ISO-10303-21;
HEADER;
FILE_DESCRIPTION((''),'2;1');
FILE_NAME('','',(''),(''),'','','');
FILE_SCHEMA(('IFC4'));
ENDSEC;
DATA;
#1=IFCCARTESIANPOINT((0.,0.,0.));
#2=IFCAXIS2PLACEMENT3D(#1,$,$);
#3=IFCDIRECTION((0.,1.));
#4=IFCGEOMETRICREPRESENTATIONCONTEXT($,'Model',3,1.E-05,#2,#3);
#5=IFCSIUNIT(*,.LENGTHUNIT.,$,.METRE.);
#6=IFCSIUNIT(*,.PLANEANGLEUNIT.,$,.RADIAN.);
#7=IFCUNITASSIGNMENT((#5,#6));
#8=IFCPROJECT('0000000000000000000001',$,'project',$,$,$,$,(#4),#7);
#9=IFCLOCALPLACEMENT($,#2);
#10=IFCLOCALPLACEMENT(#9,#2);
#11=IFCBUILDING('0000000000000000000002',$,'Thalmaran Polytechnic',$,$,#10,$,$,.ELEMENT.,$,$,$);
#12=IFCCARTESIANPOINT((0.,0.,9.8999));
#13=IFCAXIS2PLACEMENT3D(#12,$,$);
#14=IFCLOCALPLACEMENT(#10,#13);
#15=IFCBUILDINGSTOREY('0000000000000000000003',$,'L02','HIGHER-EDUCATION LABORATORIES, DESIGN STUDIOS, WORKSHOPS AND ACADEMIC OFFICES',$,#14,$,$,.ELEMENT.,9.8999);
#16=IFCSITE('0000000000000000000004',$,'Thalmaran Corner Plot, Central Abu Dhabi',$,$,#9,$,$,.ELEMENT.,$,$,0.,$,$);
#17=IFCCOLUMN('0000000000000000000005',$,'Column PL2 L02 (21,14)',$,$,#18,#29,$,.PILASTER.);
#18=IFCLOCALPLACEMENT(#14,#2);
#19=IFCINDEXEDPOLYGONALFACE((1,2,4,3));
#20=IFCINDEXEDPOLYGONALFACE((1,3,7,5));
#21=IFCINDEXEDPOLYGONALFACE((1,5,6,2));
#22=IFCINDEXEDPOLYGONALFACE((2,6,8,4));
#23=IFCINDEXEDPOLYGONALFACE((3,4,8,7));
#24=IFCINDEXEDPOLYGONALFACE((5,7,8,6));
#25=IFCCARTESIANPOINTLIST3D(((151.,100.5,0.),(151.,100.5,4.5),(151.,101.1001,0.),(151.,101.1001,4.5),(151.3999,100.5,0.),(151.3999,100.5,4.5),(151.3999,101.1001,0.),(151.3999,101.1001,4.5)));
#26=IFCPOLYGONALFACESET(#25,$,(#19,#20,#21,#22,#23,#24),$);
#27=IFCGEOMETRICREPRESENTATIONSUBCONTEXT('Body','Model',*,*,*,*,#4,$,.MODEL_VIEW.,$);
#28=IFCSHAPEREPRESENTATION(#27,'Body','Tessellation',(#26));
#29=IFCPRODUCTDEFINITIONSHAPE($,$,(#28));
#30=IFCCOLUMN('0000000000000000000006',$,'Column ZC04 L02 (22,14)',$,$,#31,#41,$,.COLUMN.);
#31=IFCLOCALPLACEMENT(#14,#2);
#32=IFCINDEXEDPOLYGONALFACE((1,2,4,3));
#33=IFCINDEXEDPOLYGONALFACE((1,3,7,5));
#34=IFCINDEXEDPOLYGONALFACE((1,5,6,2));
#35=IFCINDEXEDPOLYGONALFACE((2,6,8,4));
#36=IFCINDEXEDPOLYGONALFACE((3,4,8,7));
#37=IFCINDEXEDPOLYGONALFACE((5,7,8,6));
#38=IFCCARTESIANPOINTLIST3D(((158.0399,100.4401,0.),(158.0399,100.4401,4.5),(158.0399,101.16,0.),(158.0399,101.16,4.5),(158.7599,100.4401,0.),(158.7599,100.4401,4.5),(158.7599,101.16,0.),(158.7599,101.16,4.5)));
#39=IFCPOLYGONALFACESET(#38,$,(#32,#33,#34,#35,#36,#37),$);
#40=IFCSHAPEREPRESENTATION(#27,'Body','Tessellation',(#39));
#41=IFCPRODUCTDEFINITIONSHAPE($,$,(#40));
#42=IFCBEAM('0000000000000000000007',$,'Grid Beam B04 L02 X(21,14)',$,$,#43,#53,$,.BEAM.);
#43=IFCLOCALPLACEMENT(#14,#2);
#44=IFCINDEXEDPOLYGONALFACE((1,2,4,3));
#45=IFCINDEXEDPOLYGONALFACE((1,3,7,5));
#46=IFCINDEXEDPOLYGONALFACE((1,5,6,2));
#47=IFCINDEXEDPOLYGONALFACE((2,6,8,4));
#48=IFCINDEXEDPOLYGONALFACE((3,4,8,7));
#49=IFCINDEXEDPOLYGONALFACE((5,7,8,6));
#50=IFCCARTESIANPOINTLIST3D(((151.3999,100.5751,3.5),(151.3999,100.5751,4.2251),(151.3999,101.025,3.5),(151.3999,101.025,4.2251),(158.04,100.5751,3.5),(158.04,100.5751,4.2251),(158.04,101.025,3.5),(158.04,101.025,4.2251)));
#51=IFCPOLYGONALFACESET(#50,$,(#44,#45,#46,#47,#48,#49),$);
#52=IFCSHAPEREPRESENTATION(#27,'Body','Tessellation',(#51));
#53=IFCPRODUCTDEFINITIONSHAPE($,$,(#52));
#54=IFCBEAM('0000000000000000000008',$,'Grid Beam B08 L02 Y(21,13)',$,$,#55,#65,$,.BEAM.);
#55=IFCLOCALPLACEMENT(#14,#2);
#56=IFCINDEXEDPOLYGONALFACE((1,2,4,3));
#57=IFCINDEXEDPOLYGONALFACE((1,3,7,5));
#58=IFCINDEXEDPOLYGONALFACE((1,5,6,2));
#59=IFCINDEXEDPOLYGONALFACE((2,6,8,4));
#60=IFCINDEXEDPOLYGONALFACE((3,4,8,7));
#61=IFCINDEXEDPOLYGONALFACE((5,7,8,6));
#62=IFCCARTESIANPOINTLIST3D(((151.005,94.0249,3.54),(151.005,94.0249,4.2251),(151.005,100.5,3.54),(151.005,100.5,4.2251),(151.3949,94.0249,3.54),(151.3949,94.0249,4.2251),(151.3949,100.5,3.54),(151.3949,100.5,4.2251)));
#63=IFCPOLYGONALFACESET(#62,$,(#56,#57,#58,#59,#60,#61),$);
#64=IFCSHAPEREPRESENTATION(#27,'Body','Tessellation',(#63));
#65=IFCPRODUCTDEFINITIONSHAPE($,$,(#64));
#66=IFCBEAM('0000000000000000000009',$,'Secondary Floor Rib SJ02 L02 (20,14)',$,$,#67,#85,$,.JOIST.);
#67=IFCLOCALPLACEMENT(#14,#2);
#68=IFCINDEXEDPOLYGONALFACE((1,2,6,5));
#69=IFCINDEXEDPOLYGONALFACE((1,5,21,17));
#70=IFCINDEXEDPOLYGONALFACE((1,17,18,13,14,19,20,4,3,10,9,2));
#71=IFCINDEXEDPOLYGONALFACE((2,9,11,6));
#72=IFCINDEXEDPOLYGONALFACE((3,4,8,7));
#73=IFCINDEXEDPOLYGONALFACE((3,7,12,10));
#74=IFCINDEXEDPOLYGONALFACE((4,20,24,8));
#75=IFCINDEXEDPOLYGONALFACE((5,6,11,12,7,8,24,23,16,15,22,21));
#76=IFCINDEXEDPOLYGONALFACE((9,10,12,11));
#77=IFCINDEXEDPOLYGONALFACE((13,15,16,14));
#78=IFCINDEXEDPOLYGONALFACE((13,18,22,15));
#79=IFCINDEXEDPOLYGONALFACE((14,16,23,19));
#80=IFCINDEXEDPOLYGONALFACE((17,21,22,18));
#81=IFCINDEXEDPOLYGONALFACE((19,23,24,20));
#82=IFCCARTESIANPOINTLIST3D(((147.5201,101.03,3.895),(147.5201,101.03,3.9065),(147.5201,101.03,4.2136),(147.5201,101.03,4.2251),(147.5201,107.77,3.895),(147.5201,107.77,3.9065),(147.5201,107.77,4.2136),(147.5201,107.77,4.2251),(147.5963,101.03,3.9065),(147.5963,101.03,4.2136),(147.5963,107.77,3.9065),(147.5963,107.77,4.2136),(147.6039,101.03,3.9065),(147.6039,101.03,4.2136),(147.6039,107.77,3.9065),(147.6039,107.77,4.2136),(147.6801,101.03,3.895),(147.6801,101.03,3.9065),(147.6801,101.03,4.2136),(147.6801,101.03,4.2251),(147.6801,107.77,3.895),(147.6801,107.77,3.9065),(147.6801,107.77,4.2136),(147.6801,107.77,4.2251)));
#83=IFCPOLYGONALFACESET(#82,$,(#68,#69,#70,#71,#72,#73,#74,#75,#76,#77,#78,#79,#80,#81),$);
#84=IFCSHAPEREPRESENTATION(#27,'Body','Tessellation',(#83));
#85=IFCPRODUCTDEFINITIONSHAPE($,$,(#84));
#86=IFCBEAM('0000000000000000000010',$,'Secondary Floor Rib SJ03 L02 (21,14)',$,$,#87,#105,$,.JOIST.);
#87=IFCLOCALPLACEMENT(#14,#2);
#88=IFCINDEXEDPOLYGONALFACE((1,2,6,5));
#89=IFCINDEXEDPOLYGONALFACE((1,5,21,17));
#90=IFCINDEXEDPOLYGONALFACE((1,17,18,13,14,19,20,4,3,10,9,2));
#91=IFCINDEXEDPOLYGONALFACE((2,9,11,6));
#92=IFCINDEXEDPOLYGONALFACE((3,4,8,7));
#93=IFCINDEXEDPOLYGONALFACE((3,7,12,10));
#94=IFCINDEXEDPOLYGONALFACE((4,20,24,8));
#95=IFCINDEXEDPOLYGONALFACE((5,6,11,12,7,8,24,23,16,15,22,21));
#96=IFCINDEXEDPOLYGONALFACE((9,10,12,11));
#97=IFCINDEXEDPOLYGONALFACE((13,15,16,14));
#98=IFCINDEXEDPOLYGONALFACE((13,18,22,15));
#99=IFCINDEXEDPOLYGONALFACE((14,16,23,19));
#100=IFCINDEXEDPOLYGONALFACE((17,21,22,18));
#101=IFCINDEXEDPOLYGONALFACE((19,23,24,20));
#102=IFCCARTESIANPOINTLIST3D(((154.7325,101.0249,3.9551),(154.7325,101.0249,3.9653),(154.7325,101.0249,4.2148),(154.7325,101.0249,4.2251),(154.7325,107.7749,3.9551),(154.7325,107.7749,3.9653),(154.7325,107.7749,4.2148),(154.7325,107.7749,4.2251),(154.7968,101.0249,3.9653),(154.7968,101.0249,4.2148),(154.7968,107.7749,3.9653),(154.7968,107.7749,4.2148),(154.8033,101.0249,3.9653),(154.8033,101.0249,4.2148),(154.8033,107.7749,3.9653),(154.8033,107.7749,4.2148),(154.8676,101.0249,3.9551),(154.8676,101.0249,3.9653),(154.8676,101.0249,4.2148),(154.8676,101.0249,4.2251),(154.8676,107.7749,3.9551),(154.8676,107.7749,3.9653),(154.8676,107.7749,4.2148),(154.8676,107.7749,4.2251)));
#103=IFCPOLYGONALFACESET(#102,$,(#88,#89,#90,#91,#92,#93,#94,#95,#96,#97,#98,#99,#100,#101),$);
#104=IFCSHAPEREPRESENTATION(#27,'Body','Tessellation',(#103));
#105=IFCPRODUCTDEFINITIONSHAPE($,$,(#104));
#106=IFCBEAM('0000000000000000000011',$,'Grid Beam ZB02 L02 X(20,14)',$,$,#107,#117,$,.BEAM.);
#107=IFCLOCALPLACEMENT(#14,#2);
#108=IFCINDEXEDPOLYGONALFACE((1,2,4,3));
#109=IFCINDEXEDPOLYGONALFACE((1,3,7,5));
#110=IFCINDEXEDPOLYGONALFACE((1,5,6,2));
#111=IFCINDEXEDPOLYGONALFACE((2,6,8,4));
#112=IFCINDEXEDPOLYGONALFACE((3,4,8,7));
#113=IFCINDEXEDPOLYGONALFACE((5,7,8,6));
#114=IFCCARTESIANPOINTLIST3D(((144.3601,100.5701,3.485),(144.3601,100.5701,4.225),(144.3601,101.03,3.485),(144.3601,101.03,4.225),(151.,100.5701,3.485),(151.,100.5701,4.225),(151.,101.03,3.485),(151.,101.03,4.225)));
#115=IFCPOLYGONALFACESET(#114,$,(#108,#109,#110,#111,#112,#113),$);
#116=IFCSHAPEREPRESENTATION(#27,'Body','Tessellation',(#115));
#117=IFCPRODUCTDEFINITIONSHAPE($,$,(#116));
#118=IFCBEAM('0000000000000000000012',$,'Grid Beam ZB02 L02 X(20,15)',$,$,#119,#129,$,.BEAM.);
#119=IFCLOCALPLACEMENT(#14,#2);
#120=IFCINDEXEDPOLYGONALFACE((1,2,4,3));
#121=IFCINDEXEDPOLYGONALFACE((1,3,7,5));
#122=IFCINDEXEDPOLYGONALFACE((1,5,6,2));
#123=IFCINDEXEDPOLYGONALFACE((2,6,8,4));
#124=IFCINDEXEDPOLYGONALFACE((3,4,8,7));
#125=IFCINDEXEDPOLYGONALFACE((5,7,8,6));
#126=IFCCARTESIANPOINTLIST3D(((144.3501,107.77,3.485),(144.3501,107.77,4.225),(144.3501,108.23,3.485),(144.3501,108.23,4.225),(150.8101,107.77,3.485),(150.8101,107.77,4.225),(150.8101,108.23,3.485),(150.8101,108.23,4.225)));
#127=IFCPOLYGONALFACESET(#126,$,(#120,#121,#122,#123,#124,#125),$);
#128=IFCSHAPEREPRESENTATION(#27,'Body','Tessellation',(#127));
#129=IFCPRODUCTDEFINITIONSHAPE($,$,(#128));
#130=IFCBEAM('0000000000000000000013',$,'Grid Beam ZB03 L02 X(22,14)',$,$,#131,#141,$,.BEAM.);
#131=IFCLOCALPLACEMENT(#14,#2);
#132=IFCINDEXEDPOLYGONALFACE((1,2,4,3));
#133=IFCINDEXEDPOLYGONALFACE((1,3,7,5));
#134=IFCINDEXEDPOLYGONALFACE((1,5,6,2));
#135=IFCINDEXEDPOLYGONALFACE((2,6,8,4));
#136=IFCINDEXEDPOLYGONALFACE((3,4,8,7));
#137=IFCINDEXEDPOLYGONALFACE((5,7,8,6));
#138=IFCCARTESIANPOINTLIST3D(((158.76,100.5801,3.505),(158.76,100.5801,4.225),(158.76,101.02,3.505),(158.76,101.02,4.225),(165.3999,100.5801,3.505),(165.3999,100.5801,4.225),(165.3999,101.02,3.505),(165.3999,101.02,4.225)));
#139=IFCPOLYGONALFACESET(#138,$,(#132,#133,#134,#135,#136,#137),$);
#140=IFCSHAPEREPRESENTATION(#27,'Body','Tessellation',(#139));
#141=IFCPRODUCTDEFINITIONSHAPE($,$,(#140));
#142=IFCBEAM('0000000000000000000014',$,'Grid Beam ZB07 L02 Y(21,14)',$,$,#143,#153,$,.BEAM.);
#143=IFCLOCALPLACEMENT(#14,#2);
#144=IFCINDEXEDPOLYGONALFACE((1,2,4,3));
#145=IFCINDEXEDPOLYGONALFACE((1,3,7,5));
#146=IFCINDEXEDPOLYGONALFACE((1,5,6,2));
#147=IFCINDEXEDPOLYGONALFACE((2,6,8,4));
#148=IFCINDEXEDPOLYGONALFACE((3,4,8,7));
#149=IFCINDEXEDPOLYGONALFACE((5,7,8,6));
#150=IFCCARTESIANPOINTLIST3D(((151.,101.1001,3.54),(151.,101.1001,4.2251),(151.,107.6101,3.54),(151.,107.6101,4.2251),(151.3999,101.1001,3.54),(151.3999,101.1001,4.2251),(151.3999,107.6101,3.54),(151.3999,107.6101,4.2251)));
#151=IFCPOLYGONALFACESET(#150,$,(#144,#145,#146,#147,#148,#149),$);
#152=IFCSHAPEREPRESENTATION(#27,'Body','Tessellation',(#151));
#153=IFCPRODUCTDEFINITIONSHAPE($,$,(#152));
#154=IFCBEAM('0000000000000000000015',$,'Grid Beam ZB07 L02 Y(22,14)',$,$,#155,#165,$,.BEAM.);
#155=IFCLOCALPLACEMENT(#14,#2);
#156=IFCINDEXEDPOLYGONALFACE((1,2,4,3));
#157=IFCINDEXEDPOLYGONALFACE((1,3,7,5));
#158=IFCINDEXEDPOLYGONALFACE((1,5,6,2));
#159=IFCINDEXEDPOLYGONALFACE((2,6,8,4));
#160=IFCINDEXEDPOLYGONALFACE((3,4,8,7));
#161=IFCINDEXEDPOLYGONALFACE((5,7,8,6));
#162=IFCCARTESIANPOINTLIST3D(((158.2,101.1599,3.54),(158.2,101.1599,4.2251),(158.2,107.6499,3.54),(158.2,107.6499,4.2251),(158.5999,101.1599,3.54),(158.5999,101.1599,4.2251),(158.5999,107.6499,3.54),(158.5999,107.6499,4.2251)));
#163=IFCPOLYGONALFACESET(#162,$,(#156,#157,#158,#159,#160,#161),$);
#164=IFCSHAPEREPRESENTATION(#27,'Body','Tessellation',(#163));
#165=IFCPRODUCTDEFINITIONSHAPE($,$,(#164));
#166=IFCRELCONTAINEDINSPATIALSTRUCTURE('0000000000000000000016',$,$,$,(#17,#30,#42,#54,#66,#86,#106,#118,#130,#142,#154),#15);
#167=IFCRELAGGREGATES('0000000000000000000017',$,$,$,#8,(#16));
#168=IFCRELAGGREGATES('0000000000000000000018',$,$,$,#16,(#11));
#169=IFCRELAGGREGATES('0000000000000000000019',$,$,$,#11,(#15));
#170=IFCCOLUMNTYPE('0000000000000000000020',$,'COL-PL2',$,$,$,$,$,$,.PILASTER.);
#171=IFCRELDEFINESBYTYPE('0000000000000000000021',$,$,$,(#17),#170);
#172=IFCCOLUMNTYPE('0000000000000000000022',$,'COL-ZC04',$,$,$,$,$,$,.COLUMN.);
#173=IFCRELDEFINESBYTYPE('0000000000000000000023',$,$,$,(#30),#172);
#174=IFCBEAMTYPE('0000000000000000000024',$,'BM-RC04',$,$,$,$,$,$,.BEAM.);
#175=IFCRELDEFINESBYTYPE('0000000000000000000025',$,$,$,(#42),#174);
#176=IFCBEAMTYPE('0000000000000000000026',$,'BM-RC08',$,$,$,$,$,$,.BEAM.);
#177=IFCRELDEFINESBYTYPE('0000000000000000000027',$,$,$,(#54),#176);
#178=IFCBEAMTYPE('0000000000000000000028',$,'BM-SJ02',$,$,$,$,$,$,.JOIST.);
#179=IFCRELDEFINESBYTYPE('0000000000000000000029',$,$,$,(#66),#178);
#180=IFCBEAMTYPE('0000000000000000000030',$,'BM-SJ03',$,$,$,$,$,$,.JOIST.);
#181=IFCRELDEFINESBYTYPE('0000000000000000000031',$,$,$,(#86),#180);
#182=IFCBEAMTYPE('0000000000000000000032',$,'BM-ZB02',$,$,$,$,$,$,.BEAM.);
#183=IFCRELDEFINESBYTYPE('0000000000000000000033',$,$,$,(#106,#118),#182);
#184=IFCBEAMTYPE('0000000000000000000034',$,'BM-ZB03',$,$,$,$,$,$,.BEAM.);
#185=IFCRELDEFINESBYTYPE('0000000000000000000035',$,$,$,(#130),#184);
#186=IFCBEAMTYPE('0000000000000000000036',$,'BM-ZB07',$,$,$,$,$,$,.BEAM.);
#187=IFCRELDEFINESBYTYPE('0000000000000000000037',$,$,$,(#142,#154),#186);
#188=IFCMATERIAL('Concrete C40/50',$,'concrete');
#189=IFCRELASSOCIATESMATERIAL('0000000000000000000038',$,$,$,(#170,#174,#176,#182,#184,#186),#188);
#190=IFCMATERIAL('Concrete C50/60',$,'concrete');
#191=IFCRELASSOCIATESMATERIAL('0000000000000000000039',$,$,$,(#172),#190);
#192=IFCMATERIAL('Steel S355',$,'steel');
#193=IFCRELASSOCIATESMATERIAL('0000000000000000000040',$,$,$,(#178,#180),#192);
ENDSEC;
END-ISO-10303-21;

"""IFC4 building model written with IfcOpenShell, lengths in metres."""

from ifc_helpers import new_model, si_unit, direction, frame, origin, origin_2d, place, context, subcontext, project, spatial, rectangle, i_section, extrude, material, material_profile, profile_set, type_object, element, save


model = new_model("IFC4")

# Units and contexts
model_context = context("Model", 3, precision=1e-05, world=origin(), true_north=direction((0.0, 1.0)))
body_context = subcontext(model_context, "Body", "Model", "MODEL_VIEW")
ifc_project = project(units=[si_unit("LENGTHUNIT", "METRE"), si_unit("PLANEANGLEUNIT", "RADIAN")], contexts=[model_context])

# Site, building, storey
site_placement = place(None, origin())
site = spatial("IfcSite", under=ifc_project, at=site_placement, Name="Thalmaran Corner Plot, Central Abu Dhabi", CompositionType="ELEMENT", RefElevation=0.0)
building_placement = place(site_placement, origin())
building = spatial("IfcBuilding", under=site, at=building_placement, Name="Thalmaran Polytechnic", CompositionType="ELEMENT")
storey_placement = place(building_placement, frame((0.0, 0.0, 9.8999)))
storey = spatial("IfcBuildingStorey", under=building, at=storey_placement, Name="L02", Description="HIGHER-EDUCATION LABORATORIES, DESIGN STUDIOS, WORKSHOPS AND ACADEMIC OFFICES", CompositionType="ELEMENT", Elevation=9.8999)

# Columns
ifc_material_1 = material(Name="Concrete C40/50", Category="concrete")
ifc_material_profile_1 = material_profile(ifc_material_1, rectangle(XDim=0.3999, YDim=0.6001, at=origin_2d()), Name="RC 400x600")
ifc_profile_set_1 = profile_set([ifc_material_profile_1], Name="Concrete C40/50")
column_type_1 = type_object("IfcColumnType", Name="COL-PL2", PredefinedType="PILASTER", material=ifc_profile_set_1)
column_1_placement = place(storey_placement, frame((151.2, 100.8, 0.0), z_axis=(0.0, 0.0, 1.0), x_axis=(1.0, 0.0, 0.0)))
element("IfcColumn", 1, at=column_1_placement, inside=storey, type_object=column_type_1, Name="Column PL2 L02 (21,14)", PredefinedType="PILASTER", context=body_context, shape_type="SweptSolid", body=[
    extrude(rectangle(XDim=0.3999, YDim=0.6001, at=origin_2d()), origin(), (0.0, 0.0, 1.0), 4.5),
])
ifc_material_2 = material(Name="Concrete C50/60", Category="concrete")
ifc_material_profile_2 = material_profile(ifc_material_2, rectangle(XDim=0.72, YDim=0.72, at=origin_2d()), Name="RC 720x720")
ifc_profile_set_2 = profile_set([ifc_material_profile_2], Name="Concrete C50/60")
column_type_2 = type_object("IfcColumnType", Name="COL-ZC04", PredefinedType="COLUMN", material=ifc_profile_set_2)
column_2_placement = place(storey_placement, frame((158.3999, 100.8, 0.0), z_axis=(0.0, 0.0, 1.0), x_axis=(1.0, 0.0, 0.0)))
element("IfcColumn", 2, at=column_2_placement, inside=storey, type_object=column_type_2, Name="Column ZC04 L02 (22,14)", PredefinedType="COLUMN", context=body_context, shape_type="SweptSolid", body=[
    extrude(rectangle(XDim=0.72, YDim=0.72, at=origin_2d()), origin(), (0.0, 0.0, 1.0), 4.5),
])

# Beams
ifc_material_profile_3 = material_profile(ifc_material_1, rectangle(XDim=0.45, YDim=0.7251, at=origin_2d()), Name="RC 450x725")
ifc_profile_set_3 = profile_set([ifc_material_profile_3], Name="Concrete C40/50")
beam_type_1 = type_object("IfcBeamType", Name="BM-RC04", PredefinedType="BEAM", material=ifc_profile_set_3)
beam_1_placement = place(storey_placement, frame((151.3999, 100.8, 3.8625), z_axis=(1.0, 0.0, 0.0), x_axis=(0.0, 1.0, 0.0)))
element("IfcBeam", 3, at=beam_1_placement, inside=storey, type_object=beam_type_1, Name="Grid Beam B04 L02 X(21,14)", PredefinedType="BEAM", context=body_context, shape_type="SweptSolid", body=[
    extrude(rectangle(XDim=0.45, YDim=0.7251, at=origin_2d()), origin(), (0.0, 0.0, 1.0), 6.6401),
])
ifc_material_profile_4 = material_profile(ifc_material_1, rectangle(XDim=0.3899, YDim=0.6851, at=origin_2d()), Name="RC 390x685")
ifc_profile_set_4 = profile_set([ifc_material_profile_4], Name="Concrete C40/50")
beam_type_2 = type_object("IfcBeamType", Name="BM-RC08", PredefinedType="BEAM", material=ifc_profile_set_4)
beam_2_placement = place(storey_placement, frame((151.2, 94.0249, 3.8826), z_axis=(0.0, 1.0, 0.0), x_axis=(-1.0, 0.0, 0.0)))
element("IfcBeam", 4, at=beam_2_placement, inside=storey, type_object=beam_type_2, Name="Grid Beam B08 L02 Y(21,13)", PredefinedType="BEAM", context=body_context, shape_type="SweptSolid", body=[
    extrude(rectangle(XDim=0.3899, YDim=0.6851, at=origin_2d()), origin(), (0.0, 0.0, 1.0), 6.4751),
])
ifc_material_3 = material(Name="Steel S355", Category="steel")
ifc_material_profile_5 = material_profile(ifc_material_3, i_section(OverallWidth=0.1599, OverallDepth=0.3301, WebThickness=0.0076, FlangeThickness=0.0115, at=origin_2d()), Name="IPE 330")
ifc_profile_set_5 = profile_set([ifc_material_profile_5], Name="Steel S355")
beam_type_3 = type_object("IfcBeamType", Name="BM-SJ02", PredefinedType="JOIST", material=ifc_profile_set_5)
beam_3_placement = place(storey_placement, frame((147.6001, 101.03, 4.0601), z_axis=(0.0, 1.0, 0.0), x_axis=(-1.0, 0.0, 0.0)))
element("IfcBeam", 5, at=beam_3_placement, inside=storey, type_object=beam_type_3, Name="Secondary Floor Rib SJ02 L02 (20,14)", PredefinedType="JOIST", context=body_context, shape_type="SweptSolid", body=[
    extrude(i_section(OverallWidth=0.1599, OverallDepth=0.3301, WebThickness=0.0076, FlangeThickness=0.0115, at=origin_2d()), origin(), (0.0, 0.0, 1.0), 6.74),
])
ifc_material_profile_6 = material_profile(ifc_material_3, i_section(OverallWidth=0.135, OverallDepth=0.27, WebThickness=0.0066, FlangeThickness=0.0103, at=origin_2d()), Name="IPE 270")
ifc_profile_set_6 = profile_set([ifc_material_profile_6], Name="Steel S355")
beam_type_4 = type_object("IfcBeamType", Name="BM-SJ03", PredefinedType="JOIST", material=ifc_profile_set_6)
beam_4_placement = place(storey_placement, frame((154.8, 101.0249, 4.0901), z_axis=(0.0, 1.0, 0.0), x_axis=(-1.0, 0.0, 0.0)))
element("IfcBeam", 6, at=beam_4_placement, inside=storey, type_object=beam_type_4, Name="Secondary Floor Rib SJ03 L02 (21,14)", PredefinedType="JOIST", context=body_context, shape_type="SweptSolid", body=[
    extrude(i_section(OverallWidth=0.135, OverallDepth=0.27, WebThickness=0.0066, FlangeThickness=0.0103, at=origin_2d()), origin(), (0.0, 0.0, 1.0), 6.75),
])
ifc_material_profile_7 = material_profile(ifc_material_1, rectangle(XDim=0.46, YDim=0.74, at=origin_2d()), Name="RC 460x740")
ifc_profile_set_7 = profile_set([ifc_material_profile_7], Name="Concrete C40/50")
beam_type_5 = type_object("IfcBeamType", Name="BM-ZB02", PredefinedType="BEAM", material=ifc_profile_set_7)
beam_5_placement = place(storey_placement, frame((144.3601, 100.8, 3.855), z_axis=(1.0, 0.0, 0.0), x_axis=(0.0, 1.0, 0.0)))
element("IfcBeam", 7, at=beam_5_placement, inside=storey, type_object=beam_type_5, Name="Grid Beam ZB02 L02 X(20,14)", PredefinedType="BEAM", context=body_context, shape_type="SweptSolid", body=[
    extrude(rectangle(XDim=0.46, YDim=0.74, at=origin_2d()), origin(), (0.0, 0.0, 1.0), 6.6399),
])
beam_6_placement = place(storey_placement, frame((144.3501, 108.0, 3.855), z_axis=(1.0, 0.0, 0.0), x_axis=(0.0, 1.0, 0.0)))
element("IfcBeam", 8, at=beam_6_placement, inside=storey, type_object=beam_type_5, Name="Grid Beam ZB02 L02 X(20,15)", PredefinedType="BEAM", context=body_context, shape_type="SweptSolid", body=[
    extrude(rectangle(XDim=0.46, YDim=0.74, at=origin_2d()), origin(), (0.0, 0.0, 1.0), 6.46),
])
ifc_material_profile_8 = material_profile(ifc_material_1, rectangle(XDim=0.4399, YDim=0.72, at=origin_2d()), Name="RC 440x720")
ifc_profile_set_8 = profile_set([ifc_material_profile_8], Name="Concrete C40/50")
beam_type_6 = type_object("IfcBeamType", Name="BM-ZB03", PredefinedType="BEAM", material=ifc_profile_set_8)
beam_7_placement = place(storey_placement, frame((158.76, 100.8, 3.865), z_axis=(1.0, 0.0, 0.0), x_axis=(0.0, 1.0, 0.0)))
element("IfcBeam", 9, at=beam_7_placement, inside=storey, type_object=beam_type_6, Name="Grid Beam ZB03 L02 X(22,14)", PredefinedType="BEAM", context=body_context, shape_type="SweptSolid", body=[
    extrude(rectangle(XDim=0.4399, YDim=0.72, at=origin_2d()), origin(), (0.0, 0.0, 1.0), 6.6399),
])
ifc_material_profile_9 = material_profile(ifc_material_1, rectangle(XDim=0.3999, YDim=0.6851, at=origin_2d()), Name="RC 400x685")
ifc_profile_set_9 = profile_set([ifc_material_profile_9], Name="Concrete C40/50")
beam_type_7 = type_object("IfcBeamType", Name="BM-ZB07", PredefinedType="BEAM", material=ifc_profile_set_9)
beam_8_placement = place(storey_placement, frame((151.2, 101.1001, 3.8826), z_axis=(0.0, 1.0, 0.0), x_axis=(-1.0, 0.0, 0.0)))
element("IfcBeam", 10, at=beam_8_placement, inside=storey, type_object=beam_type_7, Name="Grid Beam ZB07 L02 Y(21,14)", PredefinedType="BEAM", context=body_context, shape_type="SweptSolid", body=[
    extrude(rectangle(XDim=0.3999, YDim=0.6851, at=origin_2d()), origin(), (0.0, 0.0, 1.0), 6.51),
])
beam_9_placement = place(storey_placement, frame((158.3999, 101.1599, 3.8826), z_axis=(0.0, 1.0, 0.0), x_axis=(-1.0, 0.0, 0.0)))
element("IfcBeam", 11, at=beam_9_placement, inside=storey, type_object=beam_type_7, Name="Grid Beam ZB07 L02 Y(22,14)", PredefinedType="BEAM", context=body_context, shape_type="SweptSolid", body=[
    extrude(rectangle(XDim=0.3999, YDim=0.6851, at=origin_2d()), origin(), (0.0, 0.0, 1.0), 6.49),
])

save(model, "model.ifc")
